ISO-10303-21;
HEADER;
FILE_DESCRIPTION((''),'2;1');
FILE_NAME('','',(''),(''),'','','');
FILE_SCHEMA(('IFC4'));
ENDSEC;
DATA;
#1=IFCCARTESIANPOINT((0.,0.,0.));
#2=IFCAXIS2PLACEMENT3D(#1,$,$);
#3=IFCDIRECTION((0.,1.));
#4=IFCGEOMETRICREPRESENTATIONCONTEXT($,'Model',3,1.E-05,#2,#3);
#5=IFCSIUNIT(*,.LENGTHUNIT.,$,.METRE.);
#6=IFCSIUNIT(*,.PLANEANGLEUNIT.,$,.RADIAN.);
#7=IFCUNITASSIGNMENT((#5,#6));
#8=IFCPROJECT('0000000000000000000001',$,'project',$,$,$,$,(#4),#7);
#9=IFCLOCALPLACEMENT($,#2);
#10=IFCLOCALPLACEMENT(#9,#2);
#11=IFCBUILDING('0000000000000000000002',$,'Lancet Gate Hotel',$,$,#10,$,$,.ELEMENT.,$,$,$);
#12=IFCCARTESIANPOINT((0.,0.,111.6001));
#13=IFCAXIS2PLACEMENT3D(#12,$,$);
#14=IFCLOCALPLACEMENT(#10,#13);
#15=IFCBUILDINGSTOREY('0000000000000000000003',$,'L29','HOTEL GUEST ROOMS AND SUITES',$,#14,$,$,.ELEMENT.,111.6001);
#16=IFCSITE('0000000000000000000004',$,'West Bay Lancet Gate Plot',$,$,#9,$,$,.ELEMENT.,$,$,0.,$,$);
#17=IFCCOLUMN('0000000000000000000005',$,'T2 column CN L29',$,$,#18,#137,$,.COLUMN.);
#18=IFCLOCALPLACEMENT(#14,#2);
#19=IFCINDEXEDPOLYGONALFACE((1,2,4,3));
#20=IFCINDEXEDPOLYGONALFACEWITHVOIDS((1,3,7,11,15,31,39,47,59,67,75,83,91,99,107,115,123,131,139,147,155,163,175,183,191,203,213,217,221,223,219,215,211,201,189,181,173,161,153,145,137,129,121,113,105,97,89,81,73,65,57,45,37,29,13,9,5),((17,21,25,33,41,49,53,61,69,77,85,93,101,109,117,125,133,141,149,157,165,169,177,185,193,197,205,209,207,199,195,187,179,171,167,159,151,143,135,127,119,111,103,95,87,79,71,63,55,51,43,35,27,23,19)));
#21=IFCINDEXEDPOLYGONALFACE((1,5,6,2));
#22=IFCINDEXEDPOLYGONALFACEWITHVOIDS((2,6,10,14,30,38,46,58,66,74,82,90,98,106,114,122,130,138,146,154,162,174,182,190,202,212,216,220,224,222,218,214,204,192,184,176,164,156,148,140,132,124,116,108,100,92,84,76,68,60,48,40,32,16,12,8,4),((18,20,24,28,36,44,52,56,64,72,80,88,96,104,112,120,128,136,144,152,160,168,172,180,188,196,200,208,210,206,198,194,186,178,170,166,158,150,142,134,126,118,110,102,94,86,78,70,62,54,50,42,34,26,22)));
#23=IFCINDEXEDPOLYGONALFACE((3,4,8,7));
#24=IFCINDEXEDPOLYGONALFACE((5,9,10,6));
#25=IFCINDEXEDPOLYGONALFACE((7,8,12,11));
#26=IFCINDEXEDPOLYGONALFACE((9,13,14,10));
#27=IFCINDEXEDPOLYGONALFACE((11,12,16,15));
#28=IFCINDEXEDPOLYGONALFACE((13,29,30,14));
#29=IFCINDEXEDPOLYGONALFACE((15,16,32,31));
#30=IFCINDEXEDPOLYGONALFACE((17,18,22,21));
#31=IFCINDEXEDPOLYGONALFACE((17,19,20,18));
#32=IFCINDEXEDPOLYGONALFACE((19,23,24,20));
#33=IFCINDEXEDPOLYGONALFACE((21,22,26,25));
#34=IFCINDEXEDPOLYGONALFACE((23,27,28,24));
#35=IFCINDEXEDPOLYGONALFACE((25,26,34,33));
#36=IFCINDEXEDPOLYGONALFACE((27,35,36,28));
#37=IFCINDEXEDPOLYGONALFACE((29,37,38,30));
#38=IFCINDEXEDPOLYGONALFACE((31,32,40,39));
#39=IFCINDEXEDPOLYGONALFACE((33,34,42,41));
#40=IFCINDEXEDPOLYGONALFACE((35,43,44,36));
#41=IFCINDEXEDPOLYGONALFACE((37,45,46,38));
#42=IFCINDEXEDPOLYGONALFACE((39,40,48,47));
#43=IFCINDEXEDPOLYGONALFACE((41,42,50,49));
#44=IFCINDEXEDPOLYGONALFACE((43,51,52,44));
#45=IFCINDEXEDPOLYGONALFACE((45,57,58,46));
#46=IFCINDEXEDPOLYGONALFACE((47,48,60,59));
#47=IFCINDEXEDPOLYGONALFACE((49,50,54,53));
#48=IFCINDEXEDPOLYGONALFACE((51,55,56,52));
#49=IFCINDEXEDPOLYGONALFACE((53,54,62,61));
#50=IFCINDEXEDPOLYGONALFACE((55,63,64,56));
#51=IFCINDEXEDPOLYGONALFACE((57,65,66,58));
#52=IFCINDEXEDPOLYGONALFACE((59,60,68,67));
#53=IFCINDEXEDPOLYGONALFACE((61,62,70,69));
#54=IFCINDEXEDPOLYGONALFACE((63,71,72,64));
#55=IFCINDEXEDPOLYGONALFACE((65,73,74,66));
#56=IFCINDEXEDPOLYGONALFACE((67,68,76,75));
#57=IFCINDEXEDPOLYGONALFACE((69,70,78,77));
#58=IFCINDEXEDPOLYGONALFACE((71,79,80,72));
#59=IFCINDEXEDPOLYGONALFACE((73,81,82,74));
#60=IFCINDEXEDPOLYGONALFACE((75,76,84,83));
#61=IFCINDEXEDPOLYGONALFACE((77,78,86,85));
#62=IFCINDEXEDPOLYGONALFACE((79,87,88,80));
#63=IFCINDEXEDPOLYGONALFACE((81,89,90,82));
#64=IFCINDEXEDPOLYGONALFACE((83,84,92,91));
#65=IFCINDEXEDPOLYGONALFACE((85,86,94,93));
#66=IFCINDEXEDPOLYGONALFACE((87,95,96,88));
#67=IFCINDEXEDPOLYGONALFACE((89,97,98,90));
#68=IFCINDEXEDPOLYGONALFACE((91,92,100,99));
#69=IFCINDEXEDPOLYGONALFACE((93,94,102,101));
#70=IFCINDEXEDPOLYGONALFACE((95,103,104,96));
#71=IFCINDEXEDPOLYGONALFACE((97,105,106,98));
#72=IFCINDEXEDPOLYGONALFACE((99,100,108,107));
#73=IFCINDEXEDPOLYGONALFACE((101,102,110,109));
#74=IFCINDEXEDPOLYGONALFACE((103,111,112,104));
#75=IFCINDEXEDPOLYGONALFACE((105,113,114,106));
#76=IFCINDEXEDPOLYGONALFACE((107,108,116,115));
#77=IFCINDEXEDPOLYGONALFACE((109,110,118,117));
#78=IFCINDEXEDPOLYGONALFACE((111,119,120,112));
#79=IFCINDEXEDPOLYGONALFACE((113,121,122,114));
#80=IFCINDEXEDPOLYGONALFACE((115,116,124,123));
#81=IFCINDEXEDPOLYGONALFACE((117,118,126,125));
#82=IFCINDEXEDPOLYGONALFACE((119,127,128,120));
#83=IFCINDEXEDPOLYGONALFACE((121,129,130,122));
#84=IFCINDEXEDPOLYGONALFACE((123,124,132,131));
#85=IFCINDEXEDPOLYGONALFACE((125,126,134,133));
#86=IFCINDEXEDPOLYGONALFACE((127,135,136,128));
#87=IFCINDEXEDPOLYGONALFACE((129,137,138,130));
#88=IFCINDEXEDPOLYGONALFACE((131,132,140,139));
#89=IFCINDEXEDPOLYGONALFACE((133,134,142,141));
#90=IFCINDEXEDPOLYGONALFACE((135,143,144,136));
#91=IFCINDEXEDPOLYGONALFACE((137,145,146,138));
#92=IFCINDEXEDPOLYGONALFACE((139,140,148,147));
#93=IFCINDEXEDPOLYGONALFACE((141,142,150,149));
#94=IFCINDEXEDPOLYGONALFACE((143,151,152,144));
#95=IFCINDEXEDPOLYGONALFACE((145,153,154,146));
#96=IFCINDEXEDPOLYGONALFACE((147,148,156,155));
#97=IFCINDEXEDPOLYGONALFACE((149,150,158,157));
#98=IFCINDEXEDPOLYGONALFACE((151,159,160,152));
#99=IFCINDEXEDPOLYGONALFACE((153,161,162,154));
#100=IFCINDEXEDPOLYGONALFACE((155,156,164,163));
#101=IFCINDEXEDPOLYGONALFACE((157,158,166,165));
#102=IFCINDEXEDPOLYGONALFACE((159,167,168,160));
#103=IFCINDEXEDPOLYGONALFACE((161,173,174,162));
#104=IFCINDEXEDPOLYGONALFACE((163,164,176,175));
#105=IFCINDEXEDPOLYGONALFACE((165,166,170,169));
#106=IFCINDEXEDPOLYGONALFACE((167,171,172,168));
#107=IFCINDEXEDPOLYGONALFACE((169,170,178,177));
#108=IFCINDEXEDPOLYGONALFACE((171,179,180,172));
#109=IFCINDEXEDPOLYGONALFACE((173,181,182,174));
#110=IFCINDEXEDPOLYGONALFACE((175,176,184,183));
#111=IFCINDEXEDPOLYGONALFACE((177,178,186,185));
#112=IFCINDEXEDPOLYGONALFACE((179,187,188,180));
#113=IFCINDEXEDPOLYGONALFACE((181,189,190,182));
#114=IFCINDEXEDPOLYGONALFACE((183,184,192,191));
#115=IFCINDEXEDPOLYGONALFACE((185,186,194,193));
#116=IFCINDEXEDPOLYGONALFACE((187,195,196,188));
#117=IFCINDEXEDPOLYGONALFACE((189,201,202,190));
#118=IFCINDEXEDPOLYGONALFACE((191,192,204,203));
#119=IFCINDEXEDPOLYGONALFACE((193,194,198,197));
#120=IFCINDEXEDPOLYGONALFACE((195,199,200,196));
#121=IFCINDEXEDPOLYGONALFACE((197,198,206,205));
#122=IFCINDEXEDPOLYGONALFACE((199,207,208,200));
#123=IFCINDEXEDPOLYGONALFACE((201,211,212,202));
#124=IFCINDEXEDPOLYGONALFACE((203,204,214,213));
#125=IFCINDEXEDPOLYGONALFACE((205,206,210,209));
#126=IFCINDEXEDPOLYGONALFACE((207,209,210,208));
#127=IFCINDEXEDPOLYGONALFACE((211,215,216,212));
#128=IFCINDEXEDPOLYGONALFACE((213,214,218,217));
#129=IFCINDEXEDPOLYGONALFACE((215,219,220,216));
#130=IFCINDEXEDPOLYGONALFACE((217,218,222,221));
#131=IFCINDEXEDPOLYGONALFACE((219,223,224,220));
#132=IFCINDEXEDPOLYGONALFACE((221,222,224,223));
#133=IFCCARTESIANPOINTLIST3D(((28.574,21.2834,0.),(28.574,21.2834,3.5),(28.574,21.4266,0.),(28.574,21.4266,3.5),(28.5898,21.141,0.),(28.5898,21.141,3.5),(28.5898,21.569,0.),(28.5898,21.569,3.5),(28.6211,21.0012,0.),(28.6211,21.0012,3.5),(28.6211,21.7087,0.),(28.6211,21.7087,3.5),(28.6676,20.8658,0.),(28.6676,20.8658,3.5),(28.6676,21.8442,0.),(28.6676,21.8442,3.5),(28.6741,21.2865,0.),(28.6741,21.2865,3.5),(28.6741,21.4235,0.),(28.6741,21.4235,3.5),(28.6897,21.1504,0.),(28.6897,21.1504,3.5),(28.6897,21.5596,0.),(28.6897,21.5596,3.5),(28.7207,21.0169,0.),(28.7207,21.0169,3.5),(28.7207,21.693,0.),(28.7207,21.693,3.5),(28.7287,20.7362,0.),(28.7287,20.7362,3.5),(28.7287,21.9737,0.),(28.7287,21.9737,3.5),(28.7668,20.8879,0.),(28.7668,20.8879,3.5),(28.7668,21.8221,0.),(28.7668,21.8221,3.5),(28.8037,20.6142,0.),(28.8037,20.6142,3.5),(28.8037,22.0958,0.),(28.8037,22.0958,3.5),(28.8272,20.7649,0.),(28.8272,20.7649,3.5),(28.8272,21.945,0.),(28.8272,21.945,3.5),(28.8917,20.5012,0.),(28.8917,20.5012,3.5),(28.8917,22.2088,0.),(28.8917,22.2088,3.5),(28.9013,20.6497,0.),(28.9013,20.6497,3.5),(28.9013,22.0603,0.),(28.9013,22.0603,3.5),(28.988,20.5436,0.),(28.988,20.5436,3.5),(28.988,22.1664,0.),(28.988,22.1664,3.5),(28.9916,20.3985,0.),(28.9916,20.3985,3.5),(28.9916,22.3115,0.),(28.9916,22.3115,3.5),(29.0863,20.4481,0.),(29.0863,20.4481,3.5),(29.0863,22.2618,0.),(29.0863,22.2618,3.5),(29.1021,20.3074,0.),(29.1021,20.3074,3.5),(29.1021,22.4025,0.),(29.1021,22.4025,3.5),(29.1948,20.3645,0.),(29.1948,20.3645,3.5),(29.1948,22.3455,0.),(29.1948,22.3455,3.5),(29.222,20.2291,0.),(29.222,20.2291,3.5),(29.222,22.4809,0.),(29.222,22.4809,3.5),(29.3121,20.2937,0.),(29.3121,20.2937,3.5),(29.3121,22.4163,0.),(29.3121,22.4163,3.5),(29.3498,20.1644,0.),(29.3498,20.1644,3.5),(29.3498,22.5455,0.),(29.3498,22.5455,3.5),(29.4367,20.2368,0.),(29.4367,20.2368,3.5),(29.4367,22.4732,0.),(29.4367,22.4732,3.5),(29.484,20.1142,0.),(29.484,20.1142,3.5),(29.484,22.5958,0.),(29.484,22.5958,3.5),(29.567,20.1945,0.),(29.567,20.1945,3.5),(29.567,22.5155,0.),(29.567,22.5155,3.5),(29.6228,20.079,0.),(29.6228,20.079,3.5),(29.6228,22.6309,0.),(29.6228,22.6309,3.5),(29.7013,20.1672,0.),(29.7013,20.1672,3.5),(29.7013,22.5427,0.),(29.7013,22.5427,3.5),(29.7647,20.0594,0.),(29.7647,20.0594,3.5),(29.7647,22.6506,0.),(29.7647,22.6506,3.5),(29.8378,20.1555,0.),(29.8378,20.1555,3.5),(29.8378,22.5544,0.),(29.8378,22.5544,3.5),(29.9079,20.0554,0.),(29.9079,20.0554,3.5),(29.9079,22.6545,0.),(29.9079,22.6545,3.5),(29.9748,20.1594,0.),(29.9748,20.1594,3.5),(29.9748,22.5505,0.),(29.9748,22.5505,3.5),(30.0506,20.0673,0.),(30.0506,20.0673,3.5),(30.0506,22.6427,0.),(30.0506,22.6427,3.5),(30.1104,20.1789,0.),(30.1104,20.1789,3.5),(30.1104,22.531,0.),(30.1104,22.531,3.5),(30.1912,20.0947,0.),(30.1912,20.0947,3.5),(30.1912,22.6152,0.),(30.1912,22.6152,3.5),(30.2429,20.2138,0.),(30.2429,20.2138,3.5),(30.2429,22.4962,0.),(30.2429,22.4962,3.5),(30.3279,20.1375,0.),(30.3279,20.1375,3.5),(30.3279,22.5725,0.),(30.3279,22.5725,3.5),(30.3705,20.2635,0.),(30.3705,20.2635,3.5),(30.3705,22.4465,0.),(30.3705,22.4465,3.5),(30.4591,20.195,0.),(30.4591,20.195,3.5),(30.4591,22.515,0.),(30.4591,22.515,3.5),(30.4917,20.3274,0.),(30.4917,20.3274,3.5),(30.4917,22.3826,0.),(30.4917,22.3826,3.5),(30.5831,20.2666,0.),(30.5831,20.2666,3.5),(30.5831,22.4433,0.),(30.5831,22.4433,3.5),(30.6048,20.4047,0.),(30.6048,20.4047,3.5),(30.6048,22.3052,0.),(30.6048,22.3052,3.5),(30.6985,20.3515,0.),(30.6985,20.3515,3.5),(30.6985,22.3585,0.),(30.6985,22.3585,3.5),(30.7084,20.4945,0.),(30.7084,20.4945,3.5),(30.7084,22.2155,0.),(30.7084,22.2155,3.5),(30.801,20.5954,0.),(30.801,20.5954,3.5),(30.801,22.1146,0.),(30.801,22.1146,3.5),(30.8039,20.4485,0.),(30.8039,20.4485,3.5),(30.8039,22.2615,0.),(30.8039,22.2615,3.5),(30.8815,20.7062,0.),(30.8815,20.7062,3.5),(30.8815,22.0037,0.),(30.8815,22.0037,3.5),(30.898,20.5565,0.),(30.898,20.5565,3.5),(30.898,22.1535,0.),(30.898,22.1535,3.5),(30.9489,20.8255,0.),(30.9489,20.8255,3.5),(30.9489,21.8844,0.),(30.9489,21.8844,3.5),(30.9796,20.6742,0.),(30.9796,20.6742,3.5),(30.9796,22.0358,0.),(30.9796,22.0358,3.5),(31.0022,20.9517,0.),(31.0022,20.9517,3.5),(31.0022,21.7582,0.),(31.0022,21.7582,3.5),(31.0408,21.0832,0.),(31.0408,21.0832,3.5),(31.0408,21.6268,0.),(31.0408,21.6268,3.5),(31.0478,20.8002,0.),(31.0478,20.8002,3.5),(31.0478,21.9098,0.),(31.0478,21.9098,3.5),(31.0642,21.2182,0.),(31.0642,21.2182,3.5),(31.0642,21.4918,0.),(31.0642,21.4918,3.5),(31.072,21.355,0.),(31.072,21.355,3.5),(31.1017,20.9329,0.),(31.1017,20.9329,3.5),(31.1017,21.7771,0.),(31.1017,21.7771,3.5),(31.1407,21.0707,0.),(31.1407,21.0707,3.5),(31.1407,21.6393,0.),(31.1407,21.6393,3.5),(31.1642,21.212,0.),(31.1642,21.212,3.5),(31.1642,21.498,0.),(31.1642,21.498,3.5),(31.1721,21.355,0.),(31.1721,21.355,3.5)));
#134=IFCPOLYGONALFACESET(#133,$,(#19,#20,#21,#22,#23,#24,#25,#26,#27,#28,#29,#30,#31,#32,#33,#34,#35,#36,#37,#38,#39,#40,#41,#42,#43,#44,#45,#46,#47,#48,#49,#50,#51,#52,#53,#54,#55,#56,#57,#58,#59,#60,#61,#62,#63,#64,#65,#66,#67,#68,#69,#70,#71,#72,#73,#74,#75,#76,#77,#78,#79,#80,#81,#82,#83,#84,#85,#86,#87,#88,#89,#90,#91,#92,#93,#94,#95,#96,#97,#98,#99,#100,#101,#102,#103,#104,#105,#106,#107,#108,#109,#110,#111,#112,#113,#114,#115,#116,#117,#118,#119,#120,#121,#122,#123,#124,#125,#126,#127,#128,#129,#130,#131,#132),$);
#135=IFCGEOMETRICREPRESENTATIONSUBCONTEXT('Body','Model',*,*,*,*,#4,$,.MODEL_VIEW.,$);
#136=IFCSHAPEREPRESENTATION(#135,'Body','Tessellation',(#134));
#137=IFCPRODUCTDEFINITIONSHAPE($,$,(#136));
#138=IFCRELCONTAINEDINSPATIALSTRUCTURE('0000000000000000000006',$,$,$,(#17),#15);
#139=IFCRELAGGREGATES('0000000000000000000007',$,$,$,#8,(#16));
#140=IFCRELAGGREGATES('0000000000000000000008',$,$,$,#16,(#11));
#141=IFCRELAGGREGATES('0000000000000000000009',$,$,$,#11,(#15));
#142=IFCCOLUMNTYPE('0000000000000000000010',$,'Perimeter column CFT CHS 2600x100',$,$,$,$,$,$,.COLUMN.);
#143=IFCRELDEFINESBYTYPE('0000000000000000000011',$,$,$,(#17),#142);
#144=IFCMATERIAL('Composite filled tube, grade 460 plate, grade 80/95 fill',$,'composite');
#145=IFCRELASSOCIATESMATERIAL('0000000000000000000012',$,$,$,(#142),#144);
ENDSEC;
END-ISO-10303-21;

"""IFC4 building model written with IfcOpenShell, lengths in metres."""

from ifc_helpers import new_model, si_unit, direction, frame, origin, origin_2d, place, context, subcontext, project, spatial, hollow_circle, extrude, material, material_profile, profile_set, type_object, element, save


model = new_model("IFC4")

# Units and contexts
model_context = context("Model", 3, precision=1e-05, world=origin(), true_north=direction((0.0, 1.0)))
body_context = subcontext(model_context, "Body", "Model", "MODEL_VIEW")
ifc_project = project(units=[si_unit("LENGTHUNIT", "METRE"), si_unit("PLANEANGLEUNIT", "RADIAN")], contexts=[model_context])

# Site, building, storey
site_placement = place(None, origin())
site = spatial("IfcSite", under=ifc_project, at=site_placement, Name="West Bay Lancet Gate Plot", CompositionType="ELEMENT", RefElevation=0.0)
building_placement = place(site_placement, origin())
building = spatial("IfcBuilding", under=site, at=building_placement, Name="Lancet Gate Hotel", CompositionType="ELEMENT")
storey_placement = place(building_placement, frame((0.0, 0.0, 111.6001)))
storey = spatial("IfcBuildingStorey", under=building, at=storey_placement, Name="L29", Description="HOTEL GUEST ROOMS AND SUITES", CompositionType="ELEMENT", Elevation=111.6001)

# Column
ifc_material_1 = material(Name="Composite filled tube, grade 460 plate, grade 80/95 fill", Category="composite")
ifc_material_profile_1 = material_profile(ifc_material_1, hollow_circle(Radius=1.3, WallThickness=0.1001, at=origin_2d()), Name="CHS 2600x100")
ifc_profile_set_1 = profile_set([ifc_material_profile_1], Name="Composite filled tube, grade 460 plate, grade 80/95 fill")
column_type = type_object("IfcColumnType", Name="Perimeter column CFT CHS 2600x100", PredefinedType="COLUMN", material=ifc_profile_set_1)
for number, where, z_axis, x_axis, name in (
    (1, (29.8721, 21.355, 0.0), (0.0, 0.0, 1.0), (1.0, 0.0, 0.0), "T2 column CN L29"),
):
    element("IfcColumn", number, at=place(storey_placement, frame(where, z_axis=z_axis, x_axis=x_axis)), inside=storey, type_object=column_type, Name=name, PredefinedType="COLUMN", context=body_context, shape_type="SweptSolid", body=[
        extrude(hollow_circle(Radius=1.3, WallThickness=0.1001, at=origin_2d()), origin(), (0.0, 0.0, 1.0), 3.5),
    ])

save(model, "model.ifc")
